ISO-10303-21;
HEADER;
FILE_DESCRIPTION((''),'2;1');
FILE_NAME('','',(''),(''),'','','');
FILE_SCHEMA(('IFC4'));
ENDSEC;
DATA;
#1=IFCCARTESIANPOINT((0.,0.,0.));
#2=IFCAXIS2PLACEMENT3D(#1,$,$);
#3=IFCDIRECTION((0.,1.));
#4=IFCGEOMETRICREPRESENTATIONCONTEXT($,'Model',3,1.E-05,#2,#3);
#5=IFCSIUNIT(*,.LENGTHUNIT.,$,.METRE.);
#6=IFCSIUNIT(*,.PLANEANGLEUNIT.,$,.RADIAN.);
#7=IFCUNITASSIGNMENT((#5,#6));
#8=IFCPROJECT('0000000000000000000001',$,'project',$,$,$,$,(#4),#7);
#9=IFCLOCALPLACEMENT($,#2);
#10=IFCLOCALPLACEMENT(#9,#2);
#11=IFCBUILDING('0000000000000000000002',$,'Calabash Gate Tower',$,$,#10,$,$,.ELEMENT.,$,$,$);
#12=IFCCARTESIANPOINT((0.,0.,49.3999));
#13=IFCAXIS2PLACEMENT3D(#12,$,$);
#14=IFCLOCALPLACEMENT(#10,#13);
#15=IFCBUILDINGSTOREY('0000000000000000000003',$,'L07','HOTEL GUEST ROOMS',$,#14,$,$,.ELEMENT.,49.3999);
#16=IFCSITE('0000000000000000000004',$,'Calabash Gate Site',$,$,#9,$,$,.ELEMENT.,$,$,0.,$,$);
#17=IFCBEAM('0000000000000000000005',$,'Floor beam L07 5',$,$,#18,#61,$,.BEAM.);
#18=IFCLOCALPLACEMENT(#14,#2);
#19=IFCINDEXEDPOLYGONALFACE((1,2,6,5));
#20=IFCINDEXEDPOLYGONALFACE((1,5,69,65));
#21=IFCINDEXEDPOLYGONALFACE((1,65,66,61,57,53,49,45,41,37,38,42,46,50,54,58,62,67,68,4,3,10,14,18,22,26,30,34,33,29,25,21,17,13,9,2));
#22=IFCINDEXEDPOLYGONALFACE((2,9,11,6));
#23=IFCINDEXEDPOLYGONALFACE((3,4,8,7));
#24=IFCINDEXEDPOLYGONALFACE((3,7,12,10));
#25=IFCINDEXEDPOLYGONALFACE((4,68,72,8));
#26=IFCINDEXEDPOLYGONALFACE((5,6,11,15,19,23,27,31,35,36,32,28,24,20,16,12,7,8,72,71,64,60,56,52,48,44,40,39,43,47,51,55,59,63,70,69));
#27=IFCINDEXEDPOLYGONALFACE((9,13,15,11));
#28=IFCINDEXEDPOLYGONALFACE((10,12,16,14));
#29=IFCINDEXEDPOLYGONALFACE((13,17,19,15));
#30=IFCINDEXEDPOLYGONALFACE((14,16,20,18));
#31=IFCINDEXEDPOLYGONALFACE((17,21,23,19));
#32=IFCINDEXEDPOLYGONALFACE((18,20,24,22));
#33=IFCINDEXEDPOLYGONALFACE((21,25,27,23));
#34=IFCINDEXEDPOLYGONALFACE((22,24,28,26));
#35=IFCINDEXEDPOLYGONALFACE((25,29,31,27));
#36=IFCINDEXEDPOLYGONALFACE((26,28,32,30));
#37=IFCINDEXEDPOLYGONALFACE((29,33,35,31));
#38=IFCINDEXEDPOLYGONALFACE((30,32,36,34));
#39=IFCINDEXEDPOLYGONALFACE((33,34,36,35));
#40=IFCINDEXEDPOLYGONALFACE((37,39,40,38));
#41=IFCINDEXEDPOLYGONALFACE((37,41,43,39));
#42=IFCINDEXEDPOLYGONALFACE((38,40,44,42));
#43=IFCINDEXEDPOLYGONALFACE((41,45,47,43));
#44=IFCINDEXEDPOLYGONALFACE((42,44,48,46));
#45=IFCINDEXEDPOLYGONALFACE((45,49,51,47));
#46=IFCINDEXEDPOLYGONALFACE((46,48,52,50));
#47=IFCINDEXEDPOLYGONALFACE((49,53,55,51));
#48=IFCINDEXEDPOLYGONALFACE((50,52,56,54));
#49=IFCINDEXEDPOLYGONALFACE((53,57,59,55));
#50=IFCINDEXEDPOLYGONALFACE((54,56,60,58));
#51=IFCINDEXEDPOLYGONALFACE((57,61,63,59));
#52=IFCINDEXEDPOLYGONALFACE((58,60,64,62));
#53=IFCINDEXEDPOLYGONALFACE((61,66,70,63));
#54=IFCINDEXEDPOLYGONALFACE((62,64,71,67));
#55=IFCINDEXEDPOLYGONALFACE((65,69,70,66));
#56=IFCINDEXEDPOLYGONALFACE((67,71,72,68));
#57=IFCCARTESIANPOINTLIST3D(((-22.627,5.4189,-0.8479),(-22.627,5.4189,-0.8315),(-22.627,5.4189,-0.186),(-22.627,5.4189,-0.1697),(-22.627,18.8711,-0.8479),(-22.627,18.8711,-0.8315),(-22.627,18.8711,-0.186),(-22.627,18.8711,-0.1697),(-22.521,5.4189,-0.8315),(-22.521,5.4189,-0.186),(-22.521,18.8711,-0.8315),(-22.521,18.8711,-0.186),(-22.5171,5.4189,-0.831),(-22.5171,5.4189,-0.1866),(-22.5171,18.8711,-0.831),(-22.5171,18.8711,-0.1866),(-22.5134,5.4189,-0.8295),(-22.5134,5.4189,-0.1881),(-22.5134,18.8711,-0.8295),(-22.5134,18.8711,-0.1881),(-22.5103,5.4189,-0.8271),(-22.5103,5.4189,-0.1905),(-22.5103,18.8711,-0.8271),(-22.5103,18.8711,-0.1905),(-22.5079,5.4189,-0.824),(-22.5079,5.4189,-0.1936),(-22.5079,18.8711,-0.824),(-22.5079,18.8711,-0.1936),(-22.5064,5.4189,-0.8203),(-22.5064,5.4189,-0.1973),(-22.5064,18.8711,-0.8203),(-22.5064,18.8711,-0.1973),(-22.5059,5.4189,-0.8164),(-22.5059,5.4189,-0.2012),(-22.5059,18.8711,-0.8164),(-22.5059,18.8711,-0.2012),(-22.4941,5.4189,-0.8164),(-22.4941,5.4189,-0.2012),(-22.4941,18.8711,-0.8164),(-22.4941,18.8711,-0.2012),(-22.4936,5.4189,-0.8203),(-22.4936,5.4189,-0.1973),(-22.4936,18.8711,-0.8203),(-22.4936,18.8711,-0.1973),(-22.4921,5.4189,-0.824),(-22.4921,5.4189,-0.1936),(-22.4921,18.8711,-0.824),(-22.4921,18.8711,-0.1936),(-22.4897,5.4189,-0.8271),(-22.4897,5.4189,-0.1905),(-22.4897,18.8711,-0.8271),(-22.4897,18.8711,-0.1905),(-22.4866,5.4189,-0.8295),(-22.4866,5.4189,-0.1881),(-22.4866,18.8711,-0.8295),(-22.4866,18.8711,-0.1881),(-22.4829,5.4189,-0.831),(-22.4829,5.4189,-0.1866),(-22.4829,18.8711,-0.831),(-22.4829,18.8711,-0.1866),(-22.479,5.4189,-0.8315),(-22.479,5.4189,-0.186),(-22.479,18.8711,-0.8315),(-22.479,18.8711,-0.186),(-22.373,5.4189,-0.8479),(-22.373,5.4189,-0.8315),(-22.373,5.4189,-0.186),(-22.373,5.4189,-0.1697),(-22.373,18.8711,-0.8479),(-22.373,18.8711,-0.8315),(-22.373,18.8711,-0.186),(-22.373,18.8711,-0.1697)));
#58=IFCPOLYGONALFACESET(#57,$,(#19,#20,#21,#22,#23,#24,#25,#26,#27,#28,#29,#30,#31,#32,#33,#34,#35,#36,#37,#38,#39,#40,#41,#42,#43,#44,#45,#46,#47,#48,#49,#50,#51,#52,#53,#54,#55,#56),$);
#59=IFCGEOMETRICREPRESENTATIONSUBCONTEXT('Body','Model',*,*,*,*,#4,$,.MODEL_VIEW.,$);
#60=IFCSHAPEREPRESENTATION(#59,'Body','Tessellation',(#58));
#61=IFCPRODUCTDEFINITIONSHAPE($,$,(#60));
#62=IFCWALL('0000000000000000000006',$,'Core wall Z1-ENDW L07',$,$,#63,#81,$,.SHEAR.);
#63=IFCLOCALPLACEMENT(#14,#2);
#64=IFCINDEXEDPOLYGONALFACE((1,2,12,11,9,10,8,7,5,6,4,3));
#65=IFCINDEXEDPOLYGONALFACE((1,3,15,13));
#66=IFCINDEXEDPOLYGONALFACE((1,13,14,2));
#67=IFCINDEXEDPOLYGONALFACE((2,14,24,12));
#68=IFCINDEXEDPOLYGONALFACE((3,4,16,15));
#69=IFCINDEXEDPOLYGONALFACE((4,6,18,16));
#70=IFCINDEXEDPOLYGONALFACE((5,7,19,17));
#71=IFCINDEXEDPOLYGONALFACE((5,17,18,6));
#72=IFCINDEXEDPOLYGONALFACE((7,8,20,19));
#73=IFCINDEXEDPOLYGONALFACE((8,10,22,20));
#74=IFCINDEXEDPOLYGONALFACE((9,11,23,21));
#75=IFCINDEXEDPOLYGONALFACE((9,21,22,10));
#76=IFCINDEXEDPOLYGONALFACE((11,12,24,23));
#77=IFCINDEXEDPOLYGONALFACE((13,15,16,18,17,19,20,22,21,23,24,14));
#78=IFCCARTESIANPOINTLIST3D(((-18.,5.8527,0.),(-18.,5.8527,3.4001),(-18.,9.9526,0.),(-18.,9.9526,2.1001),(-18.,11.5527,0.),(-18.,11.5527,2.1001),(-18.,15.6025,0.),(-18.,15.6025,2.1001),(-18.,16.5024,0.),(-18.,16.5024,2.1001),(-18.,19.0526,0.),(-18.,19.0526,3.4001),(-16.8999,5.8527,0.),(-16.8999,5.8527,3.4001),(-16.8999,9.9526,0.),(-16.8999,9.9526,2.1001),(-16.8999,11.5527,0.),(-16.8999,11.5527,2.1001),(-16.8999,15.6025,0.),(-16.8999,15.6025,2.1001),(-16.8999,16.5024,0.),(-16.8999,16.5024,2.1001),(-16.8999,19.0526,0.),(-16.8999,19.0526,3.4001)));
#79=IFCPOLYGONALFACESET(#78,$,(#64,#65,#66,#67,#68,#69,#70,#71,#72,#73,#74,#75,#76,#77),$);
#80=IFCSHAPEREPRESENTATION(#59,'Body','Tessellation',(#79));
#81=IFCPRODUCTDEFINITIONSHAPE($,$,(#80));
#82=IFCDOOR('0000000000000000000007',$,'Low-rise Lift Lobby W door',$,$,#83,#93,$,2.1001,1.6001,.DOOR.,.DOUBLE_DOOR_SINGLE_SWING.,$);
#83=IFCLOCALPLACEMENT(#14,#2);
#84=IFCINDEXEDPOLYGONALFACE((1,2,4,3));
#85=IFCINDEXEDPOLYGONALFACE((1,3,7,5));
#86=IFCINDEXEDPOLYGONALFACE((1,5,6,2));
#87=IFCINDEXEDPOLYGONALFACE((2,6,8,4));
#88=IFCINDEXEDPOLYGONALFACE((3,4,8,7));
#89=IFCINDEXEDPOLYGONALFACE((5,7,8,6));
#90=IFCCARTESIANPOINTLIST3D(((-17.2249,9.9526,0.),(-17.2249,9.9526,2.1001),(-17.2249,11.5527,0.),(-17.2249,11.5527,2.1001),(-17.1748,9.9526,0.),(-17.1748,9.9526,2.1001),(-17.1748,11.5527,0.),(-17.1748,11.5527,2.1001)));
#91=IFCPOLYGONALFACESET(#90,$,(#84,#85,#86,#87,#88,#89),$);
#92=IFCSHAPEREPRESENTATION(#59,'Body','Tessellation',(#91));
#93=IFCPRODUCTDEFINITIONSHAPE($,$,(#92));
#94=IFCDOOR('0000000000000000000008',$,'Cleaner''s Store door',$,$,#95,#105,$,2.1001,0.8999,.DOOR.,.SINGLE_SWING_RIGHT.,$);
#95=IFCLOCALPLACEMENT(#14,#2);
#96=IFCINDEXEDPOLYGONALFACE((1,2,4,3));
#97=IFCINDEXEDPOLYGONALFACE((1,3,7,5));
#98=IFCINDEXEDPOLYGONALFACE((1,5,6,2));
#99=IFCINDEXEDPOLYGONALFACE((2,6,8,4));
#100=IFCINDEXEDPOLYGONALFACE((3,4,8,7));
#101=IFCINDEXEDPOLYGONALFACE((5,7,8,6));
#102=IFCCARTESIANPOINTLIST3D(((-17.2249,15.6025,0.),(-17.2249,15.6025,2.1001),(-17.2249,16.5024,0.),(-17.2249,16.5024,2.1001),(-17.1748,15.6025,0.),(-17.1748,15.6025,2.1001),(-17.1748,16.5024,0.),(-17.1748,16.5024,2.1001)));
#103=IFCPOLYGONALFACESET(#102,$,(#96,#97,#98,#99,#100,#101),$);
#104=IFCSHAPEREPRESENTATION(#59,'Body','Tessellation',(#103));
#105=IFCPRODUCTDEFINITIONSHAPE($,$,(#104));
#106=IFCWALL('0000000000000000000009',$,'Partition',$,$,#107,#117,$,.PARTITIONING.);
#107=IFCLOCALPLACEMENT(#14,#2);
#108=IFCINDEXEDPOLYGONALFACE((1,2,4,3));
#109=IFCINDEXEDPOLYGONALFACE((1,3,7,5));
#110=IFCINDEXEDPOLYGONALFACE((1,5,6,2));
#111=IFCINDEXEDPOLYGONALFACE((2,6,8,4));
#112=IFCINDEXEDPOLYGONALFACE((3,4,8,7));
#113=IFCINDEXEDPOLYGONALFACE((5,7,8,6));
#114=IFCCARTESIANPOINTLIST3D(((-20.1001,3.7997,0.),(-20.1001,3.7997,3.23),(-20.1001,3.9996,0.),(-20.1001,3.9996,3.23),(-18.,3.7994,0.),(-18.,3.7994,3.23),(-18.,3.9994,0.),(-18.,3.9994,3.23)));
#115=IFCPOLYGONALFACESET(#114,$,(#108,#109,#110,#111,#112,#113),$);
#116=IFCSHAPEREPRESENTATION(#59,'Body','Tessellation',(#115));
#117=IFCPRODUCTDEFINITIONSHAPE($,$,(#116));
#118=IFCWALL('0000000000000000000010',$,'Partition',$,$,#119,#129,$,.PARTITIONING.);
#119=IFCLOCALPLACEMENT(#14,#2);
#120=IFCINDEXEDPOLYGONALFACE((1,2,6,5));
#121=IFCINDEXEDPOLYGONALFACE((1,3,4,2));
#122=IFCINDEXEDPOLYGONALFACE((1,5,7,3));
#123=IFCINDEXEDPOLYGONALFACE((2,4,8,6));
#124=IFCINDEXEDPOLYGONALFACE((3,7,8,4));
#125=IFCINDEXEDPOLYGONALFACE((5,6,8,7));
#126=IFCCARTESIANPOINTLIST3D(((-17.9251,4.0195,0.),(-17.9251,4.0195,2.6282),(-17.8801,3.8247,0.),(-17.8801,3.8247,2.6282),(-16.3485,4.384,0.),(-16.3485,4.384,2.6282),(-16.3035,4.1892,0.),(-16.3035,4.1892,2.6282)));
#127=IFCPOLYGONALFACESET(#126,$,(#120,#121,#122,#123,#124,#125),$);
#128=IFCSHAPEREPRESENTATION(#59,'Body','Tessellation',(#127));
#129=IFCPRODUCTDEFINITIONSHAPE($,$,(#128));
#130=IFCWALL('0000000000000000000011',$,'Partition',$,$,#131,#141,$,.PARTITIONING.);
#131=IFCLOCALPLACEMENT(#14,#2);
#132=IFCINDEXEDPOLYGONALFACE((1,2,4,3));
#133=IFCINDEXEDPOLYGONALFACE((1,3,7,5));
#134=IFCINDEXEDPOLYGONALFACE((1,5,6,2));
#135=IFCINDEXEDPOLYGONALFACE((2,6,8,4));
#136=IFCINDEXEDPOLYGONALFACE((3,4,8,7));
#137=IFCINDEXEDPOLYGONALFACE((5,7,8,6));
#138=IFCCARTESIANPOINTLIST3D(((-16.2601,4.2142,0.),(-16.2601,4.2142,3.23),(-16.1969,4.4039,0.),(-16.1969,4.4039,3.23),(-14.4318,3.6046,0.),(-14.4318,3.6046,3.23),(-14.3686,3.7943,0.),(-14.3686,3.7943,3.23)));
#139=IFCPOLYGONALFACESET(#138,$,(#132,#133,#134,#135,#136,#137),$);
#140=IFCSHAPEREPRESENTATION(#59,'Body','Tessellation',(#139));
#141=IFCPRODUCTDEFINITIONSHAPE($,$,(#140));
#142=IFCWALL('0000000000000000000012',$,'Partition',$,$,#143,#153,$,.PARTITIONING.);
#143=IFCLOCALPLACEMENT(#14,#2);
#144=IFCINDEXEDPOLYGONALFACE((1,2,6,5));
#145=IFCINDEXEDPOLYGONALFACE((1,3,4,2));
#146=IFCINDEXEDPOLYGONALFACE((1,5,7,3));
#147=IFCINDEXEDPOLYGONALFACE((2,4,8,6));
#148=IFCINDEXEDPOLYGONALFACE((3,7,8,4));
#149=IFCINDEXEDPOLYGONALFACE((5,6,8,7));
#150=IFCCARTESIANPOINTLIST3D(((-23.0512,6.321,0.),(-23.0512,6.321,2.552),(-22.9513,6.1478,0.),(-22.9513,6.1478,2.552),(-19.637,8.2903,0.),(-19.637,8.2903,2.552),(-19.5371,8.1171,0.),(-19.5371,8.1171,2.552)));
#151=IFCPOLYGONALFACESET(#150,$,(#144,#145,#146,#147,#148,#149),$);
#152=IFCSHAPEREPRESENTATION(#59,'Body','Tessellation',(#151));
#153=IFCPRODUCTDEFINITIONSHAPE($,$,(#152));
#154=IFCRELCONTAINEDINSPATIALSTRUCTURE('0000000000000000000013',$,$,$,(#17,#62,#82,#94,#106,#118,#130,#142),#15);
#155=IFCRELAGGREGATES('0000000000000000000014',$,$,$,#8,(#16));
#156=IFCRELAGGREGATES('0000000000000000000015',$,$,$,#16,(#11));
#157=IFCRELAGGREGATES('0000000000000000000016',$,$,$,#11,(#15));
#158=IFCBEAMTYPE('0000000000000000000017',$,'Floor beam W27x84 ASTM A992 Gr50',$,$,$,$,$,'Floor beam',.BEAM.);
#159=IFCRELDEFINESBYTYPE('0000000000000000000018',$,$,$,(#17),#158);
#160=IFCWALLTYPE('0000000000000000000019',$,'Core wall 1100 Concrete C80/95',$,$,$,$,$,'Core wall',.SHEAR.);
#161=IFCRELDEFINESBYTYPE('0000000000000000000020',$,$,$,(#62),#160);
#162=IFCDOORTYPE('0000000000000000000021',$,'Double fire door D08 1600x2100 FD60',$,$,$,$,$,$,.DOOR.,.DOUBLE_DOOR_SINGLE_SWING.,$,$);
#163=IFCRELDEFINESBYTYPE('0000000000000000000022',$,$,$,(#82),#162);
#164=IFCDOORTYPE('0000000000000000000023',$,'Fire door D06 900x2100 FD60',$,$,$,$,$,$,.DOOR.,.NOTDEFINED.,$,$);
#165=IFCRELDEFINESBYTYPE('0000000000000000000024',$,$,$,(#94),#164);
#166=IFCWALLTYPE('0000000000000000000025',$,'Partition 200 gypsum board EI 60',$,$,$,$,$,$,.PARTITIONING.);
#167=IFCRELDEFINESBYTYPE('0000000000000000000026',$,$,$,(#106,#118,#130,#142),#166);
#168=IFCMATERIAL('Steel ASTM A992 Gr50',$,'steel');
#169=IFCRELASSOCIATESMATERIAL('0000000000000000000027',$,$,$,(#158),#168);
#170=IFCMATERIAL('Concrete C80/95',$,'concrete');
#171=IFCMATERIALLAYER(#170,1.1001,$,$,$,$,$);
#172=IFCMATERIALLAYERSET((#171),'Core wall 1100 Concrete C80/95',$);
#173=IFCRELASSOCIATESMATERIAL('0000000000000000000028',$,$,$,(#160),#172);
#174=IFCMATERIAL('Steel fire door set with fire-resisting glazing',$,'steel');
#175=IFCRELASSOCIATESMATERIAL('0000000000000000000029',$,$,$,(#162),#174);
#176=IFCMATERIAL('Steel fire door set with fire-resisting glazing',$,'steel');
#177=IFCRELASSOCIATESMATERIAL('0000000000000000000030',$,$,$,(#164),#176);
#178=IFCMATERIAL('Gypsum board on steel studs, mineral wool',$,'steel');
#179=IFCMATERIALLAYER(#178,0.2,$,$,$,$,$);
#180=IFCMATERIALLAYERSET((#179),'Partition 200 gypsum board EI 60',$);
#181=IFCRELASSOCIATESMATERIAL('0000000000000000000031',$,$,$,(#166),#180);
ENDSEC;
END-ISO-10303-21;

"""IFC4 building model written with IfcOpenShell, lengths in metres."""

from ifc_helpers import new_model, si_unit, direction, frame, frame_2d, origin, origin_2d, place, context, subcontext, project, spatial, rectangle, i_section, extrude, material, layer, layer_set, material_profile, profile_set, type_object, element, fill, save


model = new_model("IFC4")

# Units and contexts
model_context = context("Model", 3, precision=1e-05, world=origin(), true_north=direction((0.0, 1.0)))
body_context = subcontext(model_context, "Body", "Model", "MODEL_VIEW")
ifc_project = project(units=[si_unit("LENGTHUNIT", "METRE"), si_unit("PLANEANGLEUNIT", "RADIAN")], contexts=[model_context])

# Site, building, storey
site_placement = place(None, origin())
site = spatial("IfcSite", under=ifc_project, at=site_placement, Name="Calabash Gate Site", CompositionType="ELEMENT", RefElevation=0.0)
building_placement = place(site_placement, origin())
building = spatial("IfcBuilding", under=site, at=building_placement, Name="Calabash Gate Tower", CompositionType="ELEMENT")
storey_placement = place(building_placement, frame((0.0, 0.0, 49.3999)))
storey = spatial("IfcBuildingStorey", under=building, at=storey_placement, Name="L07", Description="HOTEL GUEST ROOMS", CompositionType="ELEMENT", Elevation=49.3999)

# Beam
ifc_material_1 = material(Name="Steel ASTM A992 Gr50", Category="steel")
ifc_material_profile = material_profile(ifc_material_1, i_section(OverallWidth=0.2539, OverallDepth=0.6782, WebThickness=0.0117, FlangeThickness=0.0164, FilletRadius=0.0151, at=origin_2d()))
ifc_profile_set = profile_set([ifc_material_profile], Name="Steel ASTM A992 Gr50")
beam_type = type_object("IfcBeamType", Name="Floor beam W27x84 ASTM A992 Gr50", ElementType="Floor beam", PredefinedType="BEAM", material=ifc_profile_set)
beam_placement = place(storey_placement, frame((-22.5, 5.4189, -0.5088), z_axis=(0.0, 1.0, 0.0), x_axis=(-1.0, 0.0, 0.0)))
element("IfcBeam", 1, at=beam_placement, inside=storey, type_object=beam_type, Name="Floor beam L07 5", PredefinedType="BEAM", context=body_context, shape_type="SweptSolid", body=[
    extrude(i_section(OverallWidth=0.2539, OverallDepth=0.6782, WebThickness=0.0117, FlangeThickness=0.0164, FilletRadius=0.0151, at=origin_2d()), origin(), (0.0, 0.0, 1.0), 13.4521),
])

# Wall, openings, doors
ifc_material_2 = material(Name="Concrete C80/95", Category="concrete")
ifc_layer_1 = layer(ifc_material_2, 1.1001)
ifc_layer_set_1 = layer_set([ifc_layer_1], Name="Core wall 1100 Concrete C80/95")
wall_type_1 = type_object("IfcWallType", Name="Core wall 1100 Concrete C80/95", ElementType="Core wall", PredefinedType="SHEAR", material=ifc_layer_set_1)
wall_1_placement = place(storey_placement, frame((-17.45, 5.8525, 0.0), z_axis=(0.0, 0.0, 1.0), x_axis=(0.0, 1.0, 0.0)))
wall_1 = element("IfcWall", 2, at=wall_1_placement, inside=storey, type_object=wall_type_1, Name="Core wall Z1-ENDW L07", PredefinedType="SHEAR", context=body_context, shape_type="SweptSolid", body=[
    extrude(rectangle(XDim=13.2, YDim=1.1001, at=frame_2d((6.6001, 0.0))), origin(), (0.0, 0.0, 1.0), 3.4001),
])
opening_1_placement = place(wall_1_placement, frame((4.1001, 0.0, 0.0)))
opening_1 = element("IfcOpeningElement", 3, at=opening_1_placement, cuts=wall_1, PredefinedType="OPENING", context=body_context, shape_type="SweptSolid", body=[
    extrude(rectangle(XDim=1.6001, YDim=2.1001, at=frame_2d((0.8, 1.05))), frame((0.0, 0.5601, 0.0), z_axis=(0.0, -1.0, 0.0), x_axis=(1.0, 0.0, 0.0)), (0.0, 0.0, 1.0), 1.1201),
])
opening_2_placement = place(wall_1_placement, frame((9.75, 0.0, 0.0)))
opening_2 = element("IfcOpeningElement", 4, at=opening_2_placement, cuts=wall_1, PredefinedType="OPENING", context=body_context, shape_type="SweptSolid", body=[
    extrude(rectangle(XDim=0.8999, YDim=2.1001, at=frame_2d((0.45, 1.05))), frame((0.0, 0.5601, 0.0), z_axis=(0.0, -1.0, 0.0), x_axis=(1.0, 0.0, 0.0)), (0.0, 0.0, 1.0), 1.1201),
])
ifc_material_3 = material(Name="Steel fire door set with fire-resisting glazing", Category="steel")
door_type_1 = type_object("IfcDoorType", Name="Double fire door D08 1600x2100 FD60", OperationType="DOUBLE_DOOR_SINGLE_SWING", PredefinedType="DOOR", material=ifc_material_3)
door_1_placement = place(opening_1_placement, origin())
door_1 = element("IfcDoor", 5, at=door_1_placement, inside=storey, type_object=door_type_1, Name="Low-rise Lift Lobby W door", OperationType="DOUBLE_DOOR_SINGLE_SWING", OverallHeight=2.1001, OverallWidth=1.6001, PredefinedType="DOOR", context=body_context, shape_type="SweptSolid", body=[
    extrude(rectangle(XDim=1.6001, YDim=2.1001, at=frame_2d((0.8, 1.05))), frame((0.0, -0.2251, 0.0), z_axis=(0.0, -1.0, 0.0), x_axis=(1.0, 0.0, 0.0)), (0.0, 0.0, 1.0), 0.05),
])
fill(opening_1, door_1)
ifc_material_4 = material(Name="Steel fire door set with fire-resisting glazing", Category="steel")
door_type_2 = type_object("IfcDoorType", Name="Fire door D06 900x2100 FD60", OperationType="NOTDEFINED", PredefinedType="DOOR", material=ifc_material_4)
door_2_placement = place(opening_2_placement, origin())
door_2 = element("IfcDoor", 6, at=door_2_placement, inside=storey, type_object=door_type_2, Name="Cleaner's Store door", OperationType="SINGLE_SWING_RIGHT", OverallHeight=2.1001, OverallWidth=0.8999, PredefinedType="DOOR", context=body_context, shape_type="SweptSolid", body=[
    extrude(rectangle(XDim=0.8999, YDim=2.1001, at=frame_2d((0.45, 1.05))), frame((0.0, -0.2251, 0.0), z_axis=(0.0, -1.0, 0.0), x_axis=(1.0, 0.0, 0.0)), (0.0, 0.0, 1.0), 0.05),
])
fill(opening_2, door_2)

# Walls
ifc_material_5 = material(Name="Gypsum board on steel studs, mineral wool", Category="steel")
ifc_layer_2 = layer(ifc_material_5, 0.2)
ifc_layer_set_2 = layer_set([ifc_layer_2], Name="Partition 200 gypsum board EI 60")
wall_type_2 = type_object("IfcWallType", Name="Partition 200 gypsum board EI 60", PredefinedType="PARTITIONING", material=ifc_layer_set_2)
wall_2_placement = place(storey_placement, frame((-20.1001, 3.8997, 0.0), z_axis=(0.0, 0.0, 1.0), x_axis=(1.0, -0.000116, 0.0)))
element("IfcWall", 7, at=wall_2_placement, inside=storey, type_object=wall_type_2, Name="Partition", PredefinedType="PARTITIONING", context=body_context, shape_type="SweptSolid", body=[
    extrude(rectangle(XDim=2.1001, YDim=0.2, at=frame_2d((1.05, 0.0))), origin(), (0.0, 0.0, 1.0), 3.23),
])
wall_3_placement = place(storey_placement, frame((-17.9026, 3.9221, 0.0), z_axis=(0.0, 0.0, 1.0), x_axis=(0.974302, 0.225245, 0.0)))
element("IfcWall", 8, at=wall_3_placement, inside=storey, type_object=wall_type_2, Name="Partition", PredefinedType="PARTITIONING", context=body_context, shape_type="SweptSolid", body=[
    extrude(rectangle(XDim=1.6182, YDim=0.2, at=frame_2d((0.8091, 0.0))), origin(), (0.0, 0.0, 1.0), 2.6282),
])
wall_4_placement = place(storey_placement, frame((-16.2285, 4.3091, 0.0), z_axis=(0.0, 0.0, 1.0), x_axis=(0.948658, -0.316304, 0.0)))
element("IfcWall", 9, at=wall_4_placement, inside=storey, type_object=wall_type_2, Name="Partition", PredefinedType="PARTITIONING", context=body_context, shape_type="SweptSolid", body=[
    extrude(rectangle(XDim=1.9272, YDim=0.2, at=frame_2d((0.9636, 0.0))), origin(), (0.0, 0.0, 1.0), 3.23),
])
wall_5_placement = place(storey_placement, frame((-23.0012, 6.2344, 0.0), z_axis=(0.0, 0.0, 1.0), x_axis=(0.866231, 0.499644, 0.0)))
element("IfcWall", 10, at=wall_5_placement, inside=storey, type_object=wall_type_2, Name="Partition", PredefinedType="PARTITIONING", context=body_context, shape_type="SweptSolid", body=[
    extrude(rectangle(XDim=3.9414, YDim=0.2, at=frame_2d((1.9707, 0.0))), origin(), (0.0, 0.0, 1.0), 2.552),
])

save(model, "model.ifc")
